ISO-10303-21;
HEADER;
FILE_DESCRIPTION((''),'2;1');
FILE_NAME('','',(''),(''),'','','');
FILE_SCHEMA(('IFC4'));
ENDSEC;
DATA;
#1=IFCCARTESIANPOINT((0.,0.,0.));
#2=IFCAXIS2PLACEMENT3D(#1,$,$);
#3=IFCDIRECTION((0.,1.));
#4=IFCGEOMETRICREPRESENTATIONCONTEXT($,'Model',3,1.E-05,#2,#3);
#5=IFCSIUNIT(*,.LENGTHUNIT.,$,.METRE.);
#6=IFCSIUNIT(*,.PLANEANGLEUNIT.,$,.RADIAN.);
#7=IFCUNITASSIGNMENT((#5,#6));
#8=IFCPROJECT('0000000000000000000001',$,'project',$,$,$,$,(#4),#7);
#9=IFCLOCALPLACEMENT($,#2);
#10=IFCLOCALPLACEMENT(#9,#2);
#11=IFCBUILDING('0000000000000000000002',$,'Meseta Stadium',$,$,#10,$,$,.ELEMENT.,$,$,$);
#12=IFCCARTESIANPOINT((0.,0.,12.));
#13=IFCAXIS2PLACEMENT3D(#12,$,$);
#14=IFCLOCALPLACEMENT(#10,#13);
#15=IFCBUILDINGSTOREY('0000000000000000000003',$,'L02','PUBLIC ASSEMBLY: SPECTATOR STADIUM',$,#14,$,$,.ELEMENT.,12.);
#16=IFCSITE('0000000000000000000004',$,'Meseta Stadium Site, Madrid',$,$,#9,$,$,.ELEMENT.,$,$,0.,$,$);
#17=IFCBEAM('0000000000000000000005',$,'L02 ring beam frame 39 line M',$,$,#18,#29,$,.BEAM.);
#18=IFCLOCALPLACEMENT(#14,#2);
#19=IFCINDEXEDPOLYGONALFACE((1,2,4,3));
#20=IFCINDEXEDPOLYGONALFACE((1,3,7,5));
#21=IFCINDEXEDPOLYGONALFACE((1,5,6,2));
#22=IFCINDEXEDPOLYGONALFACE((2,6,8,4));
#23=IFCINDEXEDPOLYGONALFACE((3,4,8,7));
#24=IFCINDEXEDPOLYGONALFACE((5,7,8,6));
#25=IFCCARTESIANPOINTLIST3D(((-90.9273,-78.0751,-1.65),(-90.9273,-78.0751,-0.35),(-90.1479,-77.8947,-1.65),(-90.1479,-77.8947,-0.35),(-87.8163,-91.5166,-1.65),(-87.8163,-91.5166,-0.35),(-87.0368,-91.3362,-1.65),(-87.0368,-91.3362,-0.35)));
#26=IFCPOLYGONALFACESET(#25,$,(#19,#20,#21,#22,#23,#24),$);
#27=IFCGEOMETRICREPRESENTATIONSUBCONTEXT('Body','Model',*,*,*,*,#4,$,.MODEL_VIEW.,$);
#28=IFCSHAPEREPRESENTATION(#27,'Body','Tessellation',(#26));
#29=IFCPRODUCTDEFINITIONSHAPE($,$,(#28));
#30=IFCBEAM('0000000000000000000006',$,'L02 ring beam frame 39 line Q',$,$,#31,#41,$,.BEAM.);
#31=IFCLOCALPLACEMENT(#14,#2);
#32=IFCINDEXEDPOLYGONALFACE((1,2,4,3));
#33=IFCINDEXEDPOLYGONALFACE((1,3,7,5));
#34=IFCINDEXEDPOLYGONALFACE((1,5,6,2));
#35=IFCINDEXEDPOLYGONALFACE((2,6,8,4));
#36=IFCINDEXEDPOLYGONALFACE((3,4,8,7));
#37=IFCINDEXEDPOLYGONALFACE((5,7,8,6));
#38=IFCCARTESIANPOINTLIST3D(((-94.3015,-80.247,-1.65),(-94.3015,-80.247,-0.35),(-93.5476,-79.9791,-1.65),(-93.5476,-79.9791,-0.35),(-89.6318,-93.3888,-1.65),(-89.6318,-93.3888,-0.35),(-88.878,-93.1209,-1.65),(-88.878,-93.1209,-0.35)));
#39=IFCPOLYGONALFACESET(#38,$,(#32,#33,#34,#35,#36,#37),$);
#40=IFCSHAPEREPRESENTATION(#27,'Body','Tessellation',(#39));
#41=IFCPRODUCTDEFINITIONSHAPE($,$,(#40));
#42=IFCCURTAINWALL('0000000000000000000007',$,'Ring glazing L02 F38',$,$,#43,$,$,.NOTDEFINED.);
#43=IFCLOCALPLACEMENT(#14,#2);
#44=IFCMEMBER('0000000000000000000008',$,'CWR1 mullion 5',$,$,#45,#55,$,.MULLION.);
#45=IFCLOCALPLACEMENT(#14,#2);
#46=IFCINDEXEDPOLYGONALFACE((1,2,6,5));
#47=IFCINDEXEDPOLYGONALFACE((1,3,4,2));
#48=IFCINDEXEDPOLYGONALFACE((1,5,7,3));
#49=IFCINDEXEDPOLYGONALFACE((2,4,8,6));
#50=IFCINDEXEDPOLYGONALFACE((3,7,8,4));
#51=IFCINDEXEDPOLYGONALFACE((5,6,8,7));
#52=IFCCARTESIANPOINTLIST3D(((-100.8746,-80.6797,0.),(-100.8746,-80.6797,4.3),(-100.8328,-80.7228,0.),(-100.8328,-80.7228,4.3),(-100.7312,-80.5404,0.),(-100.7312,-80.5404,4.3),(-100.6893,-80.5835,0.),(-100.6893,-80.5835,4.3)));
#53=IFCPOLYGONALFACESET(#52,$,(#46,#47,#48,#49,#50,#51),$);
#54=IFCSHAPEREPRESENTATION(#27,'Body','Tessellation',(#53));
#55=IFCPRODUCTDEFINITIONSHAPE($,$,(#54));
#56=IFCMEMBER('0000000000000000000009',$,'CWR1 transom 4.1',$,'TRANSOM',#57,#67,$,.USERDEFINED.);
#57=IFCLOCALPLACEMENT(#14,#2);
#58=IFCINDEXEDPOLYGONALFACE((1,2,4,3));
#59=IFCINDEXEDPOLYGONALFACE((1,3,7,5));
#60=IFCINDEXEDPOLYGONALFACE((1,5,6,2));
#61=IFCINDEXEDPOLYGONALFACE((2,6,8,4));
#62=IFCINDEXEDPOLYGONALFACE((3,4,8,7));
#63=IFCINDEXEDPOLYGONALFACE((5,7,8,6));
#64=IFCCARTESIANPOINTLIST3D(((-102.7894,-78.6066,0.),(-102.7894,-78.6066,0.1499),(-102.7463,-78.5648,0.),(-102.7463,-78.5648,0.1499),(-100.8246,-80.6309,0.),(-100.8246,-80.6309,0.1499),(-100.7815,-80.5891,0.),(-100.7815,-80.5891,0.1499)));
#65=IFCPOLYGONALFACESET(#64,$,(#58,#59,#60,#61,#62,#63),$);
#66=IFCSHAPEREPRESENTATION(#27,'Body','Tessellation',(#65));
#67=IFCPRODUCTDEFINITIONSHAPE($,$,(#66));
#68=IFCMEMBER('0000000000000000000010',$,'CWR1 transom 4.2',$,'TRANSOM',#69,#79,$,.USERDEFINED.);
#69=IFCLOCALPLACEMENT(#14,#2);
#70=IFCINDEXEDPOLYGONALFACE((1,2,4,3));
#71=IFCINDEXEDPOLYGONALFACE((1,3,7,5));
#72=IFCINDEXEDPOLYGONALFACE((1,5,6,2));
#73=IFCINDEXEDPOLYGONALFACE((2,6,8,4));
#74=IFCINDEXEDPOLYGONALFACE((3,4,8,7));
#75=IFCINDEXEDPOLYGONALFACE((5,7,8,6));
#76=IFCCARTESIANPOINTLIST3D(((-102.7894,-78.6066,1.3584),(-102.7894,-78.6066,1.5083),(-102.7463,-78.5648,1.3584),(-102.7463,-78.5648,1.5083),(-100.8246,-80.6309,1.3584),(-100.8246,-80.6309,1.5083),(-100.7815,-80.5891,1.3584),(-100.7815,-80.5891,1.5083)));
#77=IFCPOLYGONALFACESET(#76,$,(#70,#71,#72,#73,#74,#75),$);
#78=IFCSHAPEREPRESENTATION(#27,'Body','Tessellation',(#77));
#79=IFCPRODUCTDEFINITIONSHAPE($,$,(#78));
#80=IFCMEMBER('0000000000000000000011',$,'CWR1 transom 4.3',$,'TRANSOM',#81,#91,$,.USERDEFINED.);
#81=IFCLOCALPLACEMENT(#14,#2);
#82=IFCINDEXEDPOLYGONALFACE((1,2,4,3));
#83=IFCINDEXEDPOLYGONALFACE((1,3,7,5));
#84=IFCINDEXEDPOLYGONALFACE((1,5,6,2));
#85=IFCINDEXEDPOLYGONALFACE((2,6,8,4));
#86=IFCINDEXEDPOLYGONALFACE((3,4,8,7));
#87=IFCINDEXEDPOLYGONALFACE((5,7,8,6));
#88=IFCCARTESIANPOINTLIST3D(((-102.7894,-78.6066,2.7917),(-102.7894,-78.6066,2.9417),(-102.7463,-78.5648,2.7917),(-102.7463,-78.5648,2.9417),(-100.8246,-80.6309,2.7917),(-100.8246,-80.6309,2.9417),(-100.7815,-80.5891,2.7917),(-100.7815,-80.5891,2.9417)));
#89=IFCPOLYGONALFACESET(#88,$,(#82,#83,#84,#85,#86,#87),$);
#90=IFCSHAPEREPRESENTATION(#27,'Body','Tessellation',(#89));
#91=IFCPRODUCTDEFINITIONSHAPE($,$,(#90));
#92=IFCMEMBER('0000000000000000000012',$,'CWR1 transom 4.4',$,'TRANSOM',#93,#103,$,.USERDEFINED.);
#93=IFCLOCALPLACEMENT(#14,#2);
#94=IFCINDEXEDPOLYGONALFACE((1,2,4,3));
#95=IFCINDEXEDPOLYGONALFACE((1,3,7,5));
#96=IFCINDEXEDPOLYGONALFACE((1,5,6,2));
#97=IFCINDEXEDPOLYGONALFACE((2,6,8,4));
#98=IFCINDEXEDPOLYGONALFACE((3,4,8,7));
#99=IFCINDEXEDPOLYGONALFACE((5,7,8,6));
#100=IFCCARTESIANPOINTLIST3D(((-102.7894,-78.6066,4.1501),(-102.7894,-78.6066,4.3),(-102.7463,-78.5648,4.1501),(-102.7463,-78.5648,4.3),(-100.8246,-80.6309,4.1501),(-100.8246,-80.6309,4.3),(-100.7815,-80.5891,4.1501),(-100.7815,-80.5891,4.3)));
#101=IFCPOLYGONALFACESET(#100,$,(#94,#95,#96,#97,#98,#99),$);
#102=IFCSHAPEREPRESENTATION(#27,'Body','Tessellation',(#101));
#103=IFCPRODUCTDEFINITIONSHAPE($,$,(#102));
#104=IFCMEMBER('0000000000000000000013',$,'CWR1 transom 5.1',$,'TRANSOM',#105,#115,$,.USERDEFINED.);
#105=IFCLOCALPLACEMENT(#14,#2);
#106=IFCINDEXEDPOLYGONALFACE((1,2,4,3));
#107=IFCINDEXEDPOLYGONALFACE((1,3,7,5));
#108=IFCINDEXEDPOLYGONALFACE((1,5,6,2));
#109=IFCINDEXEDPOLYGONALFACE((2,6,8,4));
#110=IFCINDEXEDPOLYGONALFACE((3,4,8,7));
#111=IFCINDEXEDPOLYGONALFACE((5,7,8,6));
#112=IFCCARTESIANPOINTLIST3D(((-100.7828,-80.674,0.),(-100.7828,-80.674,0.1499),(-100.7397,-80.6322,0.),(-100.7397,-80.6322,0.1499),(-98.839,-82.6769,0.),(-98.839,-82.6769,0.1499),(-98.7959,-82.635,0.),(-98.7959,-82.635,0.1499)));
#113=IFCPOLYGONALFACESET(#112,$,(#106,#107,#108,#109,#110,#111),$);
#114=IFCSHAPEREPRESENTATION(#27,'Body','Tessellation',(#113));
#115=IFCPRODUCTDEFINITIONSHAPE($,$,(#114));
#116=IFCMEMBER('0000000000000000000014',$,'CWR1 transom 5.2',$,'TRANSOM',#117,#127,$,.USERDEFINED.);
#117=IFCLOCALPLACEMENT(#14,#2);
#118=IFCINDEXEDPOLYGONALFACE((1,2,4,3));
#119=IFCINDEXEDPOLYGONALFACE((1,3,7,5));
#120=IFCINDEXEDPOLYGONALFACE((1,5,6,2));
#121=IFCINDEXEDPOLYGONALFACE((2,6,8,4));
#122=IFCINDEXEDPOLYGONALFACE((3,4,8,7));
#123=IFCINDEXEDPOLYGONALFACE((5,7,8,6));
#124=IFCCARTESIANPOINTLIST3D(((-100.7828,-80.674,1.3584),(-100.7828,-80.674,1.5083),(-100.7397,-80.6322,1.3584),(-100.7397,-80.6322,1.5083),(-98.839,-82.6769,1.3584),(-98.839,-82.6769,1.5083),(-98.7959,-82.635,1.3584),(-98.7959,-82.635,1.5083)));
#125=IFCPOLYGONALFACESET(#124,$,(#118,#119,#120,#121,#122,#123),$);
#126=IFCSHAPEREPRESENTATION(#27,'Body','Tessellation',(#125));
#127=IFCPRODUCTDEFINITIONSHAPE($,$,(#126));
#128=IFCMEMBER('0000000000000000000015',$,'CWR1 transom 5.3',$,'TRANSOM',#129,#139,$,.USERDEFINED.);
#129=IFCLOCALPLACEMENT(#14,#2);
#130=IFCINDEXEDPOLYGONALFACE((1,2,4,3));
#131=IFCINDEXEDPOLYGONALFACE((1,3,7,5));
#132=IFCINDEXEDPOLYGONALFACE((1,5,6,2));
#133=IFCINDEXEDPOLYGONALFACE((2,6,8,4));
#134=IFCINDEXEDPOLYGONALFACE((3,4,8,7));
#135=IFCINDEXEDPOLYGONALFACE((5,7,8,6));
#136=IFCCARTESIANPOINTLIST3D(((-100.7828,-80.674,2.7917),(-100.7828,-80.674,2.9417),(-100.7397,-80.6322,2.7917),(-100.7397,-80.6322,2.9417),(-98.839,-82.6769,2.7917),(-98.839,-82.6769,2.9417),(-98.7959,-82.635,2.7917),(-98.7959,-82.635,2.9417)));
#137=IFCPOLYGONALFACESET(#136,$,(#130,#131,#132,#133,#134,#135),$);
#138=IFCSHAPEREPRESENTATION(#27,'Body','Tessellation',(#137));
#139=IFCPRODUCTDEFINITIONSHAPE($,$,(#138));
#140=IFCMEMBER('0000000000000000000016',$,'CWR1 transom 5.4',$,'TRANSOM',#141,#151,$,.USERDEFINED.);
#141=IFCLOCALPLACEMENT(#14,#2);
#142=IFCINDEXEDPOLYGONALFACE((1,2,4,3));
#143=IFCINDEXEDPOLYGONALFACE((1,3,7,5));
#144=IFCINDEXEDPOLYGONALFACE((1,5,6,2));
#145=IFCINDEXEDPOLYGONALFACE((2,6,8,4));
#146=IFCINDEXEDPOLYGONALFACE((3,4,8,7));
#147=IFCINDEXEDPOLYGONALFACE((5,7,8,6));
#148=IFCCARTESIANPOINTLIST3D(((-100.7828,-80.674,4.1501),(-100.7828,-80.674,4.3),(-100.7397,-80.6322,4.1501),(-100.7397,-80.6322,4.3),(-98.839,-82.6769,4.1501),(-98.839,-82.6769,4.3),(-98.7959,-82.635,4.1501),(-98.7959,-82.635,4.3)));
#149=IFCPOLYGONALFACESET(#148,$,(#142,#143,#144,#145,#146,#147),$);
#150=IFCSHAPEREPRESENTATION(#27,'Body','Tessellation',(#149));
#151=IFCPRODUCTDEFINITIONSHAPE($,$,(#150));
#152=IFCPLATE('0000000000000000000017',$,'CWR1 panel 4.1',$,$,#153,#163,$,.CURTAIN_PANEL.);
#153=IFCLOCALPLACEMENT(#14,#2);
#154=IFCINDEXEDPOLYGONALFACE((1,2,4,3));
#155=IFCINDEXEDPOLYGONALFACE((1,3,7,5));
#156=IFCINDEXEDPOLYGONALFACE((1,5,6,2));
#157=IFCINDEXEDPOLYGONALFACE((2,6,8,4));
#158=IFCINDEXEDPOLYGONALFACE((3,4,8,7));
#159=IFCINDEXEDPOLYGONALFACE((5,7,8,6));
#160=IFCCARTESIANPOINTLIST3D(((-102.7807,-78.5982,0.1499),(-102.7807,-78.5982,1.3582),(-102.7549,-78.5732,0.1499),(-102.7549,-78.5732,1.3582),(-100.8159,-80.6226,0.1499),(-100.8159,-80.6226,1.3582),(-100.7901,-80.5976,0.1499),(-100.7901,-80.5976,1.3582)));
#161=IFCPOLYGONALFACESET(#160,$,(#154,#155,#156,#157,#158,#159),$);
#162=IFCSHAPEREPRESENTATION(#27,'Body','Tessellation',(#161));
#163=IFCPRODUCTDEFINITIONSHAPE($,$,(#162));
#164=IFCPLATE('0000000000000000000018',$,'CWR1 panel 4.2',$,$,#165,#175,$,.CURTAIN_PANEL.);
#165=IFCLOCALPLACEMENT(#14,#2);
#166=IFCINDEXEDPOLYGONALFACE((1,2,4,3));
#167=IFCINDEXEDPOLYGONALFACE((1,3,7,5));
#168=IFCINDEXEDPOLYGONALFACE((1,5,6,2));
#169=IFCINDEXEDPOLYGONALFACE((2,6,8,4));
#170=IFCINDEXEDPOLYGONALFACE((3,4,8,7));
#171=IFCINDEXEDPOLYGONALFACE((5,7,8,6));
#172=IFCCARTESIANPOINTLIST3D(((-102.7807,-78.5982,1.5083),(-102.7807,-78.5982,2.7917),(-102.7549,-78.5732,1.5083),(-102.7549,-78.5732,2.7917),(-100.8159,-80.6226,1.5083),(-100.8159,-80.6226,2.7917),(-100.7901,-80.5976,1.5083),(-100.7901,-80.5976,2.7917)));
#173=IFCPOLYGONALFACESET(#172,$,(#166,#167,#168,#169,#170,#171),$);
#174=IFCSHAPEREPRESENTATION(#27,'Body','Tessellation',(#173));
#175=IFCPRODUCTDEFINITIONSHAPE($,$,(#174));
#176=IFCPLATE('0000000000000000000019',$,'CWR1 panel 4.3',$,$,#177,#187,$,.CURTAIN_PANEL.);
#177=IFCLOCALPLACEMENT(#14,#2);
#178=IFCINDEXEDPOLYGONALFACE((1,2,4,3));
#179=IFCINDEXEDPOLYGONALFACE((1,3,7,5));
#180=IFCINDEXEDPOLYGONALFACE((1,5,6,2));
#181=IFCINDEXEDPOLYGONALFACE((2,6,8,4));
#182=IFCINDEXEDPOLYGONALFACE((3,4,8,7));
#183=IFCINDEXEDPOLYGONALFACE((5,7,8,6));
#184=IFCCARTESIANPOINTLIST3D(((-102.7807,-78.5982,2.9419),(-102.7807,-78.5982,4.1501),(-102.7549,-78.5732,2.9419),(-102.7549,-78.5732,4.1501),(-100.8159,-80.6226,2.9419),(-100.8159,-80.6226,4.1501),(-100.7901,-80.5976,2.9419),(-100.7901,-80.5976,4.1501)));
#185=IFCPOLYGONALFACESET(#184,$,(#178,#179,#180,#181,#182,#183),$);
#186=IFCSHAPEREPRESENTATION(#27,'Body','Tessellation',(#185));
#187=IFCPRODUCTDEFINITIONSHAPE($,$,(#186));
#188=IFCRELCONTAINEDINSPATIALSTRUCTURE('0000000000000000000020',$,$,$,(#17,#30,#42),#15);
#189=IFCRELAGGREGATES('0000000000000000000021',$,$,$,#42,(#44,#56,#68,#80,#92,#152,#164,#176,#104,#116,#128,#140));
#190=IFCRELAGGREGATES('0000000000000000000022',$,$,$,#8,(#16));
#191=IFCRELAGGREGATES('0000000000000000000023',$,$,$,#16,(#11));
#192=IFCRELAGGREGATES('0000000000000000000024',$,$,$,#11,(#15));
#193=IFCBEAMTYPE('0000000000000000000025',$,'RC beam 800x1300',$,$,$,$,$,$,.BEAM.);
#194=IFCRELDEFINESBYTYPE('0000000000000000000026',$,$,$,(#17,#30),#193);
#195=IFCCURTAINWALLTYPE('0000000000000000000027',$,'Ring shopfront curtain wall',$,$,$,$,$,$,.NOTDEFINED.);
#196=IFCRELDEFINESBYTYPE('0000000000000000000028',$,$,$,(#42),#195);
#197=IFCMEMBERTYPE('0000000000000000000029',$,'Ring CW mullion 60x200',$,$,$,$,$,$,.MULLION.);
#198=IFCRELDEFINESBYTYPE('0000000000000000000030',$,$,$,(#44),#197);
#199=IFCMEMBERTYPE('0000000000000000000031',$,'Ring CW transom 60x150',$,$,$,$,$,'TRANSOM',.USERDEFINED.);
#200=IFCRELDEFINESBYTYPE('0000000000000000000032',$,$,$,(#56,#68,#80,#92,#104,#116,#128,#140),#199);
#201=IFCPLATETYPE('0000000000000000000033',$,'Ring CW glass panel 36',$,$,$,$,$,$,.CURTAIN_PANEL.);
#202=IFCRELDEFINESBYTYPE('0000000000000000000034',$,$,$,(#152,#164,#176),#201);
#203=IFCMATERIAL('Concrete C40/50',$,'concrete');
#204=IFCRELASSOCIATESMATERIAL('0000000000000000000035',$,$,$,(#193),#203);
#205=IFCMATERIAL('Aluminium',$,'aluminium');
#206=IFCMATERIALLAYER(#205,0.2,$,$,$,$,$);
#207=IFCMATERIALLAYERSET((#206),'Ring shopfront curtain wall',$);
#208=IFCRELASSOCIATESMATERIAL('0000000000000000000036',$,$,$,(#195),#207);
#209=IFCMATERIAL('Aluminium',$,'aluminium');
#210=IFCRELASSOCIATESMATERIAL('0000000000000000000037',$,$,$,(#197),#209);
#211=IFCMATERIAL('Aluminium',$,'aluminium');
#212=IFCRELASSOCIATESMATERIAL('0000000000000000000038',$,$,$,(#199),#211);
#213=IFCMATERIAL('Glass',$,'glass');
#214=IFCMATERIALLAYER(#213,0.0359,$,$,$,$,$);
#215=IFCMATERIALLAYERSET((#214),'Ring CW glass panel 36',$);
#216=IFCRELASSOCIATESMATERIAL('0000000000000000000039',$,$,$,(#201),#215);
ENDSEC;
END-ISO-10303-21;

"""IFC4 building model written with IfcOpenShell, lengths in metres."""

from ifc_helpers import new_model, si_unit, direction, frame, origin, origin_2d, place, context, subcontext, project, spatial, rectangle, extrude, material, layer, layer_set, material_profile, profile_set, type_object, element, aggregate, save


model = new_model("IFC4")

# Units and contexts
model_context = context("Model", 3, precision=1e-05, world=origin(), true_north=direction((0.0, 1.0)))
body_context = subcontext(model_context, "Body", "Model", "MODEL_VIEW")
ifc_project = project(units=[si_unit("LENGTHUNIT", "METRE"), si_unit("PLANEANGLEUNIT", "RADIAN")], contexts=[model_context])

# Site, building, storey
site_placement = place(None, origin())
site = spatial("IfcSite", under=ifc_project, at=site_placement, Name="Meseta Stadium Site, Madrid", CompositionType="ELEMENT", RefElevation=0.0)
building_placement = place(site_placement, origin())
building = spatial("IfcBuilding", under=site, at=building_placement, Name="Meseta Stadium", CompositionType="ELEMENT")
storey_placement = place(building_placement, frame((0.0, 0.0, 12.0)))
storey = spatial("IfcBuildingStorey", under=building, at=storey_placement, Name="L02", Description="PUBLIC ASSEMBLY: SPECTATOR STADIUM", CompositionType="ELEMENT", Elevation=12.0)

# Beams
ifc_material_1 = material(Name="Concrete C40/50", Category="concrete")
ifc_material_profile_1 = material_profile(ifc_material_1, rectangle(XDim=0.8, YDim=1.3, at=origin_2d()), Name="RC 800x1300")
ifc_profile_set_1 = profile_set([ifc_material_profile_1], Name="Concrete C40/50")
beam_type_1 = type_object("IfcBeamType", Name="RC beam 800x1300", PredefinedType="BEAM", material=ifc_profile_set_1)
beam_1_placement = place(storey_placement, frame((-90.5376, -77.9849, -1.0), z_axis=(0.22549, -0.974245, 0.0), x_axis=(0.974245, 0.22549, 0.0)))
element("IfcBeam", 1, at=beam_1_placement, inside=storey, type_object=beam_type_1, Name="L02 ring beam frame 39 line M", PredefinedType="BEAM", context=body_context, shape_type="SweptSolid", body=[
    extrude(rectangle(XDim=0.8, YDim=1.3, at=origin_2d()), origin(), (0.0, 0.0, 1.0), 13.7969),
])
beam_2_placement = place(storey_placement, frame((-93.9246, -80.113, -1.0), z_axis=(0.33482, -0.942282, 0.0), x_axis=(0.942282, 0.33482, 0.0)))
element("IfcBeam", 2, at=beam_2_placement, inside=storey, type_object=beam_type_1, Name="L02 ring beam frame 39 line Q", PredefinedType="BEAM", context=body_context, shape_type="SweptSolid", body=[
    extrude(rectangle(XDim=0.8, YDim=1.3, at=origin_2d()), origin(), (0.0, 0.0, 1.0), 13.9468),
])

# Curtain wall, members, plates
ifc_material_2 = material(Name="Aluminium", Category="aluminium")
ifc_layer_1 = layer(ifc_material_2, 0.2)
ifc_layer_set_1 = layer_set([ifc_layer_1], Name="Ring shopfront curtain wall")
curtain_wall_type = type_object("IfcCurtainWallType", Name="Ring shopfront curtain wall", PredefinedType="NOTDEFINED", material=ifc_layer_set_1)
curtain_wall_placement = place(storey_placement, origin())
curtain_wall = element("IfcCurtainWall", 3, at=curtain_wall_placement, inside=storey, type_object=curtain_wall_type, Name="Ring glazing L02 F38", PredefinedType="NOTDEFINED")
ifc_material_3 = material(Name="Aluminium", Category="aluminium")
ifc_material_profile_2 = material_profile(ifc_material_3, rectangle(XDim=0.2, YDim=0.0601, at=origin_2d()), Name="CW 200x60")
ifc_profile_set_2 = profile_set([ifc_material_profile_2], Name="Aluminium")
member_type_1 = type_object("IfcMemberType", Name="Ring CW mullion 60x200", PredefinedType="MULLION", material=ifc_profile_set_2)
member_1_placement = place(storey_placement, frame((-100.782, -80.6316, 0.0), z_axis=(0.0, 0.0, 1.0), x_axis=(0.717583, 0.696473, 0.0)))
member_1 = element("IfcMember", 4, at=member_1_placement, type_object=member_type_1, Name="CWR1 mullion 5", PredefinedType="MULLION", context=body_context, shape_type="SweptSolid", body=[
    extrude(rectangle(XDim=0.2, YDim=0.0601, at=origin_2d()), origin(), (0.0, 0.0, 1.0), 4.3),
])
ifc_material_4 = material(Name="Aluminium", Category="aluminium")
ifc_material_profile_3 = material_profile(ifc_material_4, rectangle(XDim=0.0601, YDim=0.1499, at=origin_2d()), Name="CW 60x150")
ifc_profile_set_3 = profile_set([ifc_material_profile_3], Name="Aluminium")
member_type_2 = type_object("IfcMemberType", Name="Ring CW transom 60x150", ElementType="TRANSOM", PredefinedType="USERDEFINED", material=ifc_profile_set_3)
member_2_placement = place(storey_placement, frame((-102.7678, -78.5857, 0.075), z_axis=(0.69647, -0.717586, 0.0), x_axis=(0.717586, 0.69647, 0.0)))
member_2 = element("IfcMember", 5, at=member_2_placement, type_object=member_type_2, Name="CWR1 transom 4.1", ObjectType="TRANSOM", PredefinedType="USERDEFINED", context=body_context, shape_type="SweptSolid", body=[
    extrude(rectangle(XDim=0.0601, YDim=0.1499, at=origin_2d()), origin(), (0.0, 0.0, 1.0), 2.821),
])
member_3_placement = place(storey_placement, frame((-102.7678, -78.5857, 1.4333), z_axis=(0.69647, -0.717586, 0.0), x_axis=(0.717586, 0.69647, 0.0)))
member_3 = element("IfcMember", 6, at=member_3_placement, type_object=member_type_2, Name="CWR1 transom 4.2", ObjectType="TRANSOM", PredefinedType="USERDEFINED", context=body_context, shape_type="SweptSolid", body=[
    extrude(rectangle(XDim=0.0601, YDim=0.1499, at=origin_2d()), origin(), (0.0, 0.0, 1.0), 2.821),
])
member_4_placement = place(storey_placement, frame((-102.7678, -78.5857, 2.8667), z_axis=(0.69647, -0.717586, 0.0), x_axis=(0.717586, 0.69647, 0.0)))
member_4 = element("IfcMember", 7, at=member_4_placement, type_object=member_type_2, Name="CWR1 transom 4.3", ObjectType="TRANSOM", PredefinedType="USERDEFINED", context=body_context, shape_type="SweptSolid", body=[
    extrude(rectangle(XDim=0.0601, YDim=0.1499, at=origin_2d()), origin(), (0.0, 0.0, 1.0), 2.821),
])
member_5_placement = place(storey_placement, frame((-102.7678, -78.5857, 4.2251), z_axis=(0.69647, -0.717586, 0.0), x_axis=(0.717586, 0.69647, 0.0)))
member_5 = element("IfcMember", 8, at=member_5_placement, type_object=member_type_2, Name="CWR1 transom 4.4", ObjectType="TRANSOM", PredefinedType="USERDEFINED", context=body_context, shape_type="SweptSolid", body=[
    extrude(rectangle(XDim=0.0601, YDim=0.1499, at=origin_2d()), origin(), (0.0, 0.0, 1.0), 2.821),
])
member_6_placement = place(storey_placement, frame((-100.7612, -80.6531, 0.075), z_axis=(0.696444, -0.717612, 0.0), x_axis=(0.717612, 0.696444, 0.0)))
member_6 = element("IfcMember", 9, at=member_6_placement, type_object=member_type_2, Name="CWR1 transom 5.1", ObjectType="TRANSOM", PredefinedType="USERDEFINED", context=body_context, shape_type="SweptSolid", body=[
    extrude(rectangle(XDim=0.0601, YDim=0.1499, at=origin_2d()), origin(), (0.0, 0.0, 1.0), 2.791),
])
member_7_placement = place(storey_placement, frame((-100.7612, -80.6531, 1.4333), z_axis=(0.696444, -0.717612, 0.0), x_axis=(0.717612, 0.696444, 0.0)))
member_7 = element("IfcMember", 10, at=member_7_placement, type_object=member_type_2, Name="CWR1 transom 5.2", ObjectType="TRANSOM", PredefinedType="USERDEFINED", context=body_context, shape_type="SweptSolid", body=[
    extrude(rectangle(XDim=0.0601, YDim=0.1499, at=origin_2d()), origin(), (0.0, 0.0, 1.0), 2.791),
])
member_8_placement = place(storey_placement, frame((-100.7612, -80.6531, 2.8667), z_axis=(0.696444, -0.717612, 0.0), x_axis=(0.717612, 0.696444, 0.0)))
member_8 = element("IfcMember", 11, at=member_8_placement, type_object=member_type_2, Name="CWR1 transom 5.3", ObjectType="TRANSOM", PredefinedType="USERDEFINED", context=body_context, shape_type="SweptSolid", body=[
    extrude(rectangle(XDim=0.0601, YDim=0.1499, at=origin_2d()), origin(), (0.0, 0.0, 1.0), 2.791),
])
member_9_placement = place(storey_placement, frame((-100.7612, -80.6531, 4.2251), z_axis=(0.696444, -0.717612, 0.0), x_axis=(0.717612, 0.696444, 0.0)))
member_9 = element("IfcMember", 12, at=member_9_placement, type_object=member_type_2, Name="CWR1 transom 5.4", ObjectType="TRANSOM", PredefinedType="USERDEFINED", context=body_context, shape_type="SweptSolid", body=[
    extrude(rectangle(XDim=0.0601, YDim=0.1499, at=origin_2d()), origin(), (0.0, 0.0, 1.0), 2.791),
])
ifc_material_5 = material(Name="Glass", Category="glass")
ifc_layer_2 = layer(ifc_material_5, 0.0359)
ifc_layer_set_2 = layer_set([ifc_layer_2], Name="Ring CW glass panel 36")
plate_type = type_object("IfcPlateType", Name="Ring CW glass panel 36", PredefinedType="CURTAIN_PANEL", material=ifc_layer_set_2)
plate_1_placement = place(storey_placement, frame((-101.7854, -79.5979, 0.1499), z_axis=(0.0, 0.0, 1.0), x_axis=(0.696473, -0.717583, 0.0)))
plate_1 = element("IfcPlate", 13, at=plate_1_placement, type_object=plate_type, Name="CWR1 panel 4.1", PredefinedType="CURTAIN_PANEL", context=body_context, shape_type="SweptSolid", body=[
    extrude(rectangle(XDim=2.821, YDim=0.0359, at=origin_2d()), origin(), (0.0, 0.0, 1.0), 1.2083),
])
plate_2_placement = place(storey_placement, frame((-101.7854, -79.5979, 1.5083), z_axis=(0.0, 0.0, 1.0), x_axis=(0.696473, -0.717583, 0.0)))
plate_2 = element("IfcPlate", 14, at=plate_2_placement, type_object=plate_type, Name="CWR1 panel 4.2", PredefinedType="CURTAIN_PANEL", context=body_context, shape_type="SweptSolid", body=[
    extrude(rectangle(XDim=2.821, YDim=0.0359, at=origin_2d()), origin(), (0.0, 0.0, 1.0), 1.2834),
])
plate_3_placement = place(storey_placement, frame((-101.7854, -79.5979, 2.9419), z_axis=(0.0, 0.0, 1.0), x_axis=(0.696473, -0.717583, 0.0)))
plate_3 = element("IfcPlate", 15, at=plate_3_placement, type_object=plate_type, Name="CWR1 panel 4.3", PredefinedType="CURTAIN_PANEL", context=body_context, shape_type="SweptSolid", body=[
    extrude(rectangle(XDim=2.821, YDim=0.0359, at=origin_2d()), origin(), (0.0, 0.0, 1.0), 1.2083),
])
aggregate(curtain_wall, [member_1, member_2, member_3, member_4, member_5, plate_1, plate_2, plate_3, member_6, member_7, member_8, member_9])

save(model, "model.ifc")
